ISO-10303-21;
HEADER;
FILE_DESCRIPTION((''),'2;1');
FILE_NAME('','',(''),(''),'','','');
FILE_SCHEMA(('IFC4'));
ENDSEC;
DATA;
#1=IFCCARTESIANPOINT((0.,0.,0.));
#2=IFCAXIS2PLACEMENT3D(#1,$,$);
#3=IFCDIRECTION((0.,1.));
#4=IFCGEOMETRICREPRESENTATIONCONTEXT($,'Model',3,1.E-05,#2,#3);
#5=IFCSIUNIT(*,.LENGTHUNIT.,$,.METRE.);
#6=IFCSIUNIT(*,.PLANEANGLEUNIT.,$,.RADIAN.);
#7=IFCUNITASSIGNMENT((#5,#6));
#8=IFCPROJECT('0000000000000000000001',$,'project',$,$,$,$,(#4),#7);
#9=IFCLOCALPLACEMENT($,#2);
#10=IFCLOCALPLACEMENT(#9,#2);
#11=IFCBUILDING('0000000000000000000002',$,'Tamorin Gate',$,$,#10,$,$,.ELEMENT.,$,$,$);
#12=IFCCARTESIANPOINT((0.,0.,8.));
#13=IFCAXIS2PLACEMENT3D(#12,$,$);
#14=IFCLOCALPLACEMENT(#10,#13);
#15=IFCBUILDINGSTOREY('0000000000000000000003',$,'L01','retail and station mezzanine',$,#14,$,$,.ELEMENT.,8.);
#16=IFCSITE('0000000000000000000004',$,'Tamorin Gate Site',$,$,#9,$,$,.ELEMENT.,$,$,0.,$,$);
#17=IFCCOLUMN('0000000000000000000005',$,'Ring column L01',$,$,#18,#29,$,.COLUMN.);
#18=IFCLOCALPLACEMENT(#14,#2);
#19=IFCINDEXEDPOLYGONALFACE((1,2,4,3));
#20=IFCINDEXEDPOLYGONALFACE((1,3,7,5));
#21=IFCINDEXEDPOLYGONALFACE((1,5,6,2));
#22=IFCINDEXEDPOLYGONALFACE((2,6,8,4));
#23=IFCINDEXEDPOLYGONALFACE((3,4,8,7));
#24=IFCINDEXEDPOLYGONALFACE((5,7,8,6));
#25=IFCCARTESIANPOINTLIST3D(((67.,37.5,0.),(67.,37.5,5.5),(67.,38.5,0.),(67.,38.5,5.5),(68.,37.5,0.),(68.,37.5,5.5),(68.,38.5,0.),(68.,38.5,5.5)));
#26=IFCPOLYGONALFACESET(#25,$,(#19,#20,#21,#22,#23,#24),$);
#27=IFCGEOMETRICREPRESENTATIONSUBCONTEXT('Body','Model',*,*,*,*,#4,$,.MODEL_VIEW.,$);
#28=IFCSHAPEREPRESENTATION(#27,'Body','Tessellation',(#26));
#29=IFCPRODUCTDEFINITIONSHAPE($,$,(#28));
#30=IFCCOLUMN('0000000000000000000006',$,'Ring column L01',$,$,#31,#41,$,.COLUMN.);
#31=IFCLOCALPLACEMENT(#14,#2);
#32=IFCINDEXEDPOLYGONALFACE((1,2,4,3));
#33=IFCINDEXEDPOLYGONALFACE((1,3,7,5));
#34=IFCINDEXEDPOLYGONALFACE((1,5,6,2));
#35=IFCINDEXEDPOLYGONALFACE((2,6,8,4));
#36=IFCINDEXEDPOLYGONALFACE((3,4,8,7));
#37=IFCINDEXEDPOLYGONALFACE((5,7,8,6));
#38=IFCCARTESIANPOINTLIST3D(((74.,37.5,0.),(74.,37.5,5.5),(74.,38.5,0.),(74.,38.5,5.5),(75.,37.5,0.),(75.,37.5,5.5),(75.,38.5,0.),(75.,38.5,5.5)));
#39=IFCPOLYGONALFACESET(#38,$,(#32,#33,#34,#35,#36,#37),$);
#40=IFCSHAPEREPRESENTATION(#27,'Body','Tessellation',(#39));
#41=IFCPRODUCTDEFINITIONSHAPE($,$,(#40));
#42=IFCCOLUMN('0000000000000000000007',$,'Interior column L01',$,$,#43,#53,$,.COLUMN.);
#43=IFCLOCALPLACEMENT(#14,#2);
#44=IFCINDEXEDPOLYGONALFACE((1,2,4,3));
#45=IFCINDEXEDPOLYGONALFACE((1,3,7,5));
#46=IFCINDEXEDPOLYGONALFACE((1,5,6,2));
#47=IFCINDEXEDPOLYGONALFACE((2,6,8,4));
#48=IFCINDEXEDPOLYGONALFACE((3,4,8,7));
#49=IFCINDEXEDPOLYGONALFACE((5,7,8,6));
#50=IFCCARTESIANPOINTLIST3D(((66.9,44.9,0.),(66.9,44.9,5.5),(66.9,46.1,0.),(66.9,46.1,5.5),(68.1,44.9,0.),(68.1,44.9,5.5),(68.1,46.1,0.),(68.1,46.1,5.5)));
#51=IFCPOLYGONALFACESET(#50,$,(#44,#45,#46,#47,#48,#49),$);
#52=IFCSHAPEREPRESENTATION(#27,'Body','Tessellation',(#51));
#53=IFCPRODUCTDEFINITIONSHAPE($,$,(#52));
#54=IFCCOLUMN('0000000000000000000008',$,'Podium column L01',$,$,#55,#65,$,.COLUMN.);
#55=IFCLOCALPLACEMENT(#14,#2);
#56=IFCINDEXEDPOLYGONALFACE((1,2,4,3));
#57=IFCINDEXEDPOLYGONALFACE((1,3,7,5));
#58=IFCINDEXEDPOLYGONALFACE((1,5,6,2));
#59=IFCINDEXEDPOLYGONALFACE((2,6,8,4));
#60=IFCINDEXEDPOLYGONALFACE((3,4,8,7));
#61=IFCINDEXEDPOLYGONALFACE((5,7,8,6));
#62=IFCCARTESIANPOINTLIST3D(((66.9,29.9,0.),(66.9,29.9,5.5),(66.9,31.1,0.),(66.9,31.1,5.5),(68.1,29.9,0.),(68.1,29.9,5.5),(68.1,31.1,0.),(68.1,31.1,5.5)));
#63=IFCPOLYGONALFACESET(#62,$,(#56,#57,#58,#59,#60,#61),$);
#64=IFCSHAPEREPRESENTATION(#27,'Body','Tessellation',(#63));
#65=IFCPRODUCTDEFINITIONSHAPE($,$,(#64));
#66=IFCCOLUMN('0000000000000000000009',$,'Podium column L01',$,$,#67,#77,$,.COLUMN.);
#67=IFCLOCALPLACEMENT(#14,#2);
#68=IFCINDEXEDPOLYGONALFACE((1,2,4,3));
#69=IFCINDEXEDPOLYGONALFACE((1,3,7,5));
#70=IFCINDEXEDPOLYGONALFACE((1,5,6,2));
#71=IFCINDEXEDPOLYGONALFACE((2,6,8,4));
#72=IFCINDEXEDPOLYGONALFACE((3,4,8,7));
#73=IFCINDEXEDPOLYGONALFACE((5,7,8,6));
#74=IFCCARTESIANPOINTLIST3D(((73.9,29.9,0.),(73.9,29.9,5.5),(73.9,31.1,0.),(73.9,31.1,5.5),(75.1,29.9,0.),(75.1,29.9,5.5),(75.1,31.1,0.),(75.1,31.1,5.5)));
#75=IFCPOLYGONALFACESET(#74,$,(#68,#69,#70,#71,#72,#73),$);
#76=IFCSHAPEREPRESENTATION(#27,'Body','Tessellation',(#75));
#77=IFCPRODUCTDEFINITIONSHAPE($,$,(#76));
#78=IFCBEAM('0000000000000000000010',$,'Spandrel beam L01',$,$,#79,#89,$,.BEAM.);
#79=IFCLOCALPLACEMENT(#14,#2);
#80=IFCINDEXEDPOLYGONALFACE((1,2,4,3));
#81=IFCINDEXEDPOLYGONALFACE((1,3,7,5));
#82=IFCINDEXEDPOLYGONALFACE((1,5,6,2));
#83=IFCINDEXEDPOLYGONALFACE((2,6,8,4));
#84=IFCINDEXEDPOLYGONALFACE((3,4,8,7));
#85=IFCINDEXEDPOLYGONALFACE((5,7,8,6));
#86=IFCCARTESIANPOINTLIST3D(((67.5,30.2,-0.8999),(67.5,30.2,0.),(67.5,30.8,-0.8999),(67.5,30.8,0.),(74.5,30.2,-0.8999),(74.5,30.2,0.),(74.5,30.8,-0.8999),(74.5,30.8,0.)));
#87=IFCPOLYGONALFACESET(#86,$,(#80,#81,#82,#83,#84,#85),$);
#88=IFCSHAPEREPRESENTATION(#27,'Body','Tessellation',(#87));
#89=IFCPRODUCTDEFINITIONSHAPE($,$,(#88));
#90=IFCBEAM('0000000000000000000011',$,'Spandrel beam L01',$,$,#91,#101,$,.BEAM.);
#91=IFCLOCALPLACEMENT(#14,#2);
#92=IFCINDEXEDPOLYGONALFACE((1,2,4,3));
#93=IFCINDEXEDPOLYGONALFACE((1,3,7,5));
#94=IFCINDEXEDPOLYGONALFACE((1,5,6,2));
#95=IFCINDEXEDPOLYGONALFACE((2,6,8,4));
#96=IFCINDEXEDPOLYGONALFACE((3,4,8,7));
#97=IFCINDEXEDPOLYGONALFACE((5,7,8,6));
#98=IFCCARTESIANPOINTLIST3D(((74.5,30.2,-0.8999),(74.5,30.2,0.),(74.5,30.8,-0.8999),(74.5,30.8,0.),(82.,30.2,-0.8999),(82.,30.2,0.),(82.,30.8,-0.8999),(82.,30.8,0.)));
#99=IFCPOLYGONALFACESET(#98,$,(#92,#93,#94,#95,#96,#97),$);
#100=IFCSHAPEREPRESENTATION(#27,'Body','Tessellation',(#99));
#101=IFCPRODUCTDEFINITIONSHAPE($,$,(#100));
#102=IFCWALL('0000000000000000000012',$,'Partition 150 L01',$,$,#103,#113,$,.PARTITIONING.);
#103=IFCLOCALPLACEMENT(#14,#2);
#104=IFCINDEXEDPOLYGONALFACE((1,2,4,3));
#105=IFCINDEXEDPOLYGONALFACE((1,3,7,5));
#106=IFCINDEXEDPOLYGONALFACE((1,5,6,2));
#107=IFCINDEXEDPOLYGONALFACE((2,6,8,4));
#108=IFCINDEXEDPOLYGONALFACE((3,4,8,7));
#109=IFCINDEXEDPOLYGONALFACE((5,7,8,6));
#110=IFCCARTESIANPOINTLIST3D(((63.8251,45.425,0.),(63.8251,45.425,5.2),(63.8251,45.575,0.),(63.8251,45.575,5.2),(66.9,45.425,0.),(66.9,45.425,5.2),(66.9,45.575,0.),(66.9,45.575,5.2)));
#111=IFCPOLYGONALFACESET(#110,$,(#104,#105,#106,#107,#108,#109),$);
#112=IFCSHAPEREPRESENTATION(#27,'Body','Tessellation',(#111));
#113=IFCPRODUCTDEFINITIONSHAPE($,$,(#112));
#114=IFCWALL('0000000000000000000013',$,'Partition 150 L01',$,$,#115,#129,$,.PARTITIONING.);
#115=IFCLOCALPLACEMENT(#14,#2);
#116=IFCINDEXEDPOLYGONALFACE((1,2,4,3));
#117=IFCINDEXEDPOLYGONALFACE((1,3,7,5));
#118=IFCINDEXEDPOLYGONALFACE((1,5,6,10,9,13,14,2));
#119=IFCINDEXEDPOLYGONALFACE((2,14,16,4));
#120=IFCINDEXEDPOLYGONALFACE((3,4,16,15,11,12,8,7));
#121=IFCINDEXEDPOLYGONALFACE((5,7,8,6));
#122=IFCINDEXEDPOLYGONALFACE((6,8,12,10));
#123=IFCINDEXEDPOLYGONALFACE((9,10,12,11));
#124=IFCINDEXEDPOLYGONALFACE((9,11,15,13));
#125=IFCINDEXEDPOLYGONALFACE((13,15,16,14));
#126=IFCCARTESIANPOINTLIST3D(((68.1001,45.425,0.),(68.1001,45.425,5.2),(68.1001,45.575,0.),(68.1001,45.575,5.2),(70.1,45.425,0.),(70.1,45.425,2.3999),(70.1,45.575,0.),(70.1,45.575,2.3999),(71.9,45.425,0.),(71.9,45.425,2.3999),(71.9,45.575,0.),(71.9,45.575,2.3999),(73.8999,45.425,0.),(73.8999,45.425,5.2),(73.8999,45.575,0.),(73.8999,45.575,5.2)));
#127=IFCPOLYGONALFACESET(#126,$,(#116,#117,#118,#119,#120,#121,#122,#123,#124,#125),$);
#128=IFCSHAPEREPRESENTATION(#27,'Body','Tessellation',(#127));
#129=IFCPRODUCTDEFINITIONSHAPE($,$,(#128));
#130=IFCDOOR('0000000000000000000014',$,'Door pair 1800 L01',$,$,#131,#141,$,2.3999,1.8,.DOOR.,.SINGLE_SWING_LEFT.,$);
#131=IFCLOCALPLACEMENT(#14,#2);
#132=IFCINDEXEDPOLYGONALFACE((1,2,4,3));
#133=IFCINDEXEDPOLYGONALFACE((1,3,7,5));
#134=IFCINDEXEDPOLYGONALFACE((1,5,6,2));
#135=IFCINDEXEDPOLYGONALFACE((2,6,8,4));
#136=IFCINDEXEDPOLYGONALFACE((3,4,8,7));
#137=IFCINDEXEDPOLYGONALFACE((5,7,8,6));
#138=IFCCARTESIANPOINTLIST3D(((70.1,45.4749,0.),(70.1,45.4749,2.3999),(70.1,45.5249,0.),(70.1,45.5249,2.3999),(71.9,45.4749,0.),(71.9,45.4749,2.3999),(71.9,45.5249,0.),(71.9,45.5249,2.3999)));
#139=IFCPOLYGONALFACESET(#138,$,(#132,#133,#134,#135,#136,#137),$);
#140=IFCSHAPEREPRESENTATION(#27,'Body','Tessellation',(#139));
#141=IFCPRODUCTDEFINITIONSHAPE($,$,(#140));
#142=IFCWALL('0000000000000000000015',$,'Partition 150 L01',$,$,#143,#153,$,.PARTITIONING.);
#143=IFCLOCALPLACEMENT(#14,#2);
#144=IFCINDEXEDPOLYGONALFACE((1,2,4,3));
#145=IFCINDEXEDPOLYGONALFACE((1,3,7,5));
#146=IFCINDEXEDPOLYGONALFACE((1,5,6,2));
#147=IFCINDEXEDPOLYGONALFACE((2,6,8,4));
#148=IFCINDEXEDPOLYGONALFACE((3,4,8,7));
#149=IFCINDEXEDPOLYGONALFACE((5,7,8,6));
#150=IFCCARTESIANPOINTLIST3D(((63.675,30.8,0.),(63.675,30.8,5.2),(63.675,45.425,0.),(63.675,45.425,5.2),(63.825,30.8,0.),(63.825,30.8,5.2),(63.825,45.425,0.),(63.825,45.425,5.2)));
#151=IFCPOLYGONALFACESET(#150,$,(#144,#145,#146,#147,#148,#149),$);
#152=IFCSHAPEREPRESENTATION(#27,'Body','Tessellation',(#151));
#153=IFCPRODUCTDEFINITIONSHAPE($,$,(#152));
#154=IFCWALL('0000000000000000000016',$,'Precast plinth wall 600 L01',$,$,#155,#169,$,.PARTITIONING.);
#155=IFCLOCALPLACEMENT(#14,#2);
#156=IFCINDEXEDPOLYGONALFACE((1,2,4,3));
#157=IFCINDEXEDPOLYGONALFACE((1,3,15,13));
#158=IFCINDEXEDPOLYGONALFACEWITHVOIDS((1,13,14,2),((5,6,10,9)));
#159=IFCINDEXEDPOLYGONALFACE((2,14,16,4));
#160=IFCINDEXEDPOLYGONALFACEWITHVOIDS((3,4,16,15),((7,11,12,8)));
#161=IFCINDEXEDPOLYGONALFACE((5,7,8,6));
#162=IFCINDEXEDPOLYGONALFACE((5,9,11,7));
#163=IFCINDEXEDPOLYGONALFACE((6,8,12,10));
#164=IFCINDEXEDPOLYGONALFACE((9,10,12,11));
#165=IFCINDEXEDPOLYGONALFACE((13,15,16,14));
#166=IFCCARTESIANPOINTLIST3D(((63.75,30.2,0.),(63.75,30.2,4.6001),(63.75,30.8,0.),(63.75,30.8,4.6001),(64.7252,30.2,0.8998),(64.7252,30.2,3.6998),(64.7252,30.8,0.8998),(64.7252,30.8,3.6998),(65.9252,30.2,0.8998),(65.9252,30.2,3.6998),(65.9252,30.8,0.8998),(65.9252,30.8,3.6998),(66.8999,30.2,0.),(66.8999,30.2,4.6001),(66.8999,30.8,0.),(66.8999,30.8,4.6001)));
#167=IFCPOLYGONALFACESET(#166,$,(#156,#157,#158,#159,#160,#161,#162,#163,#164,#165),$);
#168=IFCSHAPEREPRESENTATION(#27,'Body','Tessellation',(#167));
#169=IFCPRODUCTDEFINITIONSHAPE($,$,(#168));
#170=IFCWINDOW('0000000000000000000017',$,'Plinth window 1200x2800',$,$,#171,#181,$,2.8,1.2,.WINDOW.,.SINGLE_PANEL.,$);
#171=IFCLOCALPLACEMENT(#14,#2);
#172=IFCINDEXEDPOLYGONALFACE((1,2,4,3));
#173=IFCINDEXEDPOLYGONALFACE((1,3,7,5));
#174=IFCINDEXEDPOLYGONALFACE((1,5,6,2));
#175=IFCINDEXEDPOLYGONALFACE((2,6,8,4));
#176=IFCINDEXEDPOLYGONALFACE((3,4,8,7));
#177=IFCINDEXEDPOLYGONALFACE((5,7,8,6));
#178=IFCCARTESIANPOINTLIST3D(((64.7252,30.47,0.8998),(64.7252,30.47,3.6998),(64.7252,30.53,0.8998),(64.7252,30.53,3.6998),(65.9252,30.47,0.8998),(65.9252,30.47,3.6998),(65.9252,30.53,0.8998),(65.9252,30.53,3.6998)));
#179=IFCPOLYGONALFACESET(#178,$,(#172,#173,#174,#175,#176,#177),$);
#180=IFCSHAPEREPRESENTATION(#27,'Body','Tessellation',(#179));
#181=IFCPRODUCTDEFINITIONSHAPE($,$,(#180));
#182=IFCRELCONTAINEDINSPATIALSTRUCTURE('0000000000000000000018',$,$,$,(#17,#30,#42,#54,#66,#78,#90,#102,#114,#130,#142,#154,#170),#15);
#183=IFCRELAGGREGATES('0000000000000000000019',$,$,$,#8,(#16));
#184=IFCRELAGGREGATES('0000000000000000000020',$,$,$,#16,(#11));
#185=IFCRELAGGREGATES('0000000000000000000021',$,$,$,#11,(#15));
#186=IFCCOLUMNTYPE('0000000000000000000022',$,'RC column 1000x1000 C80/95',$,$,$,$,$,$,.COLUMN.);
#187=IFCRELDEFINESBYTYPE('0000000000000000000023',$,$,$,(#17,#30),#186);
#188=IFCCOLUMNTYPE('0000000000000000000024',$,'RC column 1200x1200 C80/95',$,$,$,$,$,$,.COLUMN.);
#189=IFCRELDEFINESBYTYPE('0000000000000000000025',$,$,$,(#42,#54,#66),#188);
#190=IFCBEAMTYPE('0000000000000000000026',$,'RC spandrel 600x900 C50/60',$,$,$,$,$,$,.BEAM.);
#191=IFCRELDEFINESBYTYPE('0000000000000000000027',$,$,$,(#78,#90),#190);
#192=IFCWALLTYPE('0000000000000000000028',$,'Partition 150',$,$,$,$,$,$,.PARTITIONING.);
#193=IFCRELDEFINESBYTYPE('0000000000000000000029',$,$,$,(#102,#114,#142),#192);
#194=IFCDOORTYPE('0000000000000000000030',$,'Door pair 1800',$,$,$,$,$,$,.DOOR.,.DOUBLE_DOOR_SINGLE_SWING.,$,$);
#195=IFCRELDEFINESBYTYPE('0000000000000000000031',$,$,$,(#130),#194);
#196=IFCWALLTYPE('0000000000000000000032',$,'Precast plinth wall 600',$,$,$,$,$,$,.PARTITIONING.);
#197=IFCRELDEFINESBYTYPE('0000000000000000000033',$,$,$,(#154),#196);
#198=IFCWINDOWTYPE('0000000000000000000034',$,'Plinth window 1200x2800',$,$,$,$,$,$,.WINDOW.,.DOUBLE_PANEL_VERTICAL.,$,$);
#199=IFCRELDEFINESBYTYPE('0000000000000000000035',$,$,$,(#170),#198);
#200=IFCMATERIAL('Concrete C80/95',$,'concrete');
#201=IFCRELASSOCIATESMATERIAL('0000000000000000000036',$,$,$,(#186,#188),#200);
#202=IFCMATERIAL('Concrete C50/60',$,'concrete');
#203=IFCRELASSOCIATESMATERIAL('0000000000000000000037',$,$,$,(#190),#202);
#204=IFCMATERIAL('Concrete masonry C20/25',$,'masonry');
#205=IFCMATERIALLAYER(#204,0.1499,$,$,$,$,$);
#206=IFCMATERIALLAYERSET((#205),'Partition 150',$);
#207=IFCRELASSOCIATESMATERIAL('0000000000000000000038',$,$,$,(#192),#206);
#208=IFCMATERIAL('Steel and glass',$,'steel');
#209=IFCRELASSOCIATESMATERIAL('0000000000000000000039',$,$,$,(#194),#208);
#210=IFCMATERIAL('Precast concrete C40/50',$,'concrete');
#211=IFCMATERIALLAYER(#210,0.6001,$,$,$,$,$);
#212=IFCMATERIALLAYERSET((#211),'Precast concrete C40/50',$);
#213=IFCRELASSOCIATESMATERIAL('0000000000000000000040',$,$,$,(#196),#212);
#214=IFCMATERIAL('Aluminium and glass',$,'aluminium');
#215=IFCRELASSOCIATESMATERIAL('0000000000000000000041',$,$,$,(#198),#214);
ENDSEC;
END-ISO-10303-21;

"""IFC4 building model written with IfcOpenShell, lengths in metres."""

from ifc_helpers import new_model, si_unit, direction, frame, frame_2d, origin, origin_2d, place, context, subcontext, project, spatial, rectangle, extrude, material, layer, layer_set, material_profile, profile_set, type_object, element, fill, save


model = new_model("IFC4")

# Units and contexts
model_context = context("Model", 3, precision=1e-05, world=origin(), true_north=direction((0.0, 1.0)))
body_context = subcontext(model_context, "Body", "Model", "MODEL_VIEW")
ifc_project = project(units=[si_unit("LENGTHUNIT", "METRE"), si_unit("PLANEANGLEUNIT", "RADIAN")], contexts=[model_context])

# Site, building, storey
site_placement = place(None, origin())
site = spatial("IfcSite", under=ifc_project, at=site_placement, Name="Tamorin Gate Site", CompositionType="ELEMENT", RefElevation=0.0)
building_placement = place(site_placement, origin())
building = spatial("IfcBuilding", under=site, at=building_placement, Name="Tamorin Gate", CompositionType="ELEMENT")
storey_placement = place(building_placement, frame((0.0, 0.0, 8.0)))
storey = spatial("IfcBuildingStorey", under=building, at=storey_placement, Name="L01", Description="retail and station mezzanine", CompositionType="ELEMENT", Elevation=8.0)

# Columns
ifc_material_1 = material(Name="Concrete C80/95", Category="concrete")
ifc_material_profile_1 = material_profile(ifc_material_1, rectangle(XDim=1.0, YDim=1.0, at=origin_2d()), Name="RC 1000x1000")
ifc_profile_set_1 = profile_set([ifc_material_profile_1], Name="Concrete C80/95")
column_type_1 = type_object("IfcColumnType", Name="RC column 1000x1000 C80/95", PredefinedType="COLUMN", material=ifc_profile_set_1)
for number, where, z_axis, x_axis, name in (
    (1, (67.5, 38.0, 0.0), (0.0, 0.0, 1.0), (1.0, 0.0, 0.0), "Ring column L01"),
    (2, (74.5, 38.0, 0.0), (0.0, 0.0, 1.0), (1.0, 0.0, 0.0), "Ring column L01"),
):
    element("IfcColumn", number, at=place(storey_placement, frame(where, z_axis=z_axis, x_axis=x_axis)), inside=storey, type_object=column_type_1, Name=name, PredefinedType="COLUMN", context=body_context, shape_type="SweptSolid", body=[
        extrude(rectangle(XDim=1.0, YDim=1.0, at=origin_2d()), origin(), (0.0, 0.0, 1.0), 5.5),
    ])
ifc_material_profile_2 = material_profile(ifc_material_1, rectangle(XDim=1.2, YDim=1.2, at=origin_2d()), Name="RC 1200x1200")
ifc_profile_set_2 = profile_set([ifc_material_profile_2], Name="Concrete C80/95")
column_type_2 = type_object("IfcColumnType", Name="RC column 1200x1200 C80/95", PredefinedType="COLUMN", material=ifc_profile_set_2)
for number, where, z_axis, x_axis, name in (
    (3, (67.5, 45.5, 0.0), (0.0, 0.0, 1.0), (1.0, 0.0, 0.0), "Interior column L01"),
    (4, (67.5, 30.5, 0.0), (0.0, 0.0, 1.0), (1.0, 0.0, 0.0), "Podium column L01"),
    (5, (74.5, 30.5, 0.0), (0.0, 0.0, 1.0), (1.0, 0.0, 0.0), "Podium column L01"),
):
    element("IfcColumn", number, at=place(storey_placement, frame(where, z_axis=z_axis, x_axis=x_axis)), inside=storey, type_object=column_type_2, Name=name, PredefinedType="COLUMN", context=body_context, shape_type="SweptSolid", body=[
        extrude(rectangle(XDim=1.2, YDim=1.2, at=origin_2d()), origin(), (0.0, 0.0, 1.0), 5.5),
    ])

# Beams
ifc_material_2 = material(Name="Concrete C50/60", Category="concrete")
ifc_material_profile_3 = material_profile(ifc_material_2, rectangle(XDim=0.6001, YDim=0.8999, at=origin_2d()), Name="RC 600x900")
ifc_profile_set_3 = profile_set([ifc_material_profile_3], Name="Concrete C50/60")
beam_type = type_object("IfcBeamType", Name="RC spandrel 600x900 C50/60", PredefinedType="BEAM", material=ifc_profile_set_3)
beam_1_placement = place(storey_placement, frame((67.5, 30.5, -0.45), z_axis=(1.0, 0.0, 0.0), x_axis=(0.0, 1.0, 0.0)))
element("IfcBeam", 6, at=beam_1_placement, inside=storey, type_object=beam_type, Name="Spandrel beam L01", PredefinedType="BEAM", context=body_context, shape_type="SweptSolid", body=[
    extrude(rectangle(XDim=0.6001, YDim=0.8999, at=origin_2d()), origin(), (0.0, 0.0, 1.0), 7.0),
])
beam_2_placement = place(storey_placement, frame((74.5, 30.5, -0.45), z_axis=(1.0, 0.0, 0.0), x_axis=(0.0, 1.0, 0.0)))
element("IfcBeam", 7, at=beam_2_placement, inside=storey, type_object=beam_type, Name="Spandrel beam L01", PredefinedType="BEAM", context=body_context, shape_type="SweptSolid", body=[
    extrude(rectangle(XDim=0.6001, YDim=0.8999, at=origin_2d()), origin(), (0.0, 0.0, 1.0), 7.5),
])

# Wall
ifc_material_3 = material(Name="Concrete masonry C20/25", Category="masonry")
ifc_layer_1 = layer(ifc_material_3, 0.1499)
ifc_layer_set_1 = layer_set([ifc_layer_1], Name="Partition 150")
wall_type_1 = type_object("IfcWallType", Name="Partition 150", PredefinedType="PARTITIONING", material=ifc_layer_set_1)
wall_1_placement = place(storey_placement, frame((63.825, 45.5, 0.0), z_axis=(0.0, 0.0, 1.0), x_axis=(1.0, 0.0, 0.0)))
element("IfcWall", 8, at=wall_1_placement, inside=storey, type_object=wall_type_1, Name="Partition 150 L01", PredefinedType="PARTITIONING", context=body_context, shape_type="SweptSolid", body=[
    extrude(rectangle(XDim=3.075, YDim=0.1499, at=frame_2d((1.5376, 0.0))), origin(), (0.0, 0.0, 1.0), 5.2),
])

# Wall, opening, door
wall_2_placement = place(storey_placement, frame((68.1001, 45.5, 0.0), z_axis=(0.0, 0.0, 1.0), x_axis=(1.0, 0.0, 0.0)))
wall_2 = element("IfcWall", 9, at=wall_2_placement, inside=storey, type_object=wall_type_1, Name="Partition 150 L01", PredefinedType="PARTITIONING", context=body_context, shape_type="SweptSolid", body=[
    extrude(rectangle(XDim=5.7998, YDim=0.1499, at=frame_2d((2.8999, 0.0))), origin(), (0.0, 0.0, 1.0), 5.2),
])
opening_1_placement = place(wall_2_placement, frame((2.0, 0.0, 0.0)))
opening_1 = element("IfcOpeningElement", 10, at=opening_1_placement, cuts=wall_2, PredefinedType="OPENING", context=body_context, shape_type="SweptSolid", body=[
    extrude(rectangle(XDim=1.8, YDim=2.3999, at=frame_2d((0.8999, 1.2))), frame((0.0, 0.085, 0.0), z_axis=(0.0, -1.0, 0.0), x_axis=(1.0, 0.0, 0.0)), (0.0, 0.0, 1.0), 0.1699),
])
ifc_material_4 = material(Name="Steel and glass", Category="steel")
door_type = type_object("IfcDoorType", Name="Door pair 1800", OperationType="DOUBLE_DOOR_SINGLE_SWING", PredefinedType="DOOR", material=ifc_material_4)
door_placement = place(opening_1_placement, origin())
door = element("IfcDoor", 11, at=door_placement, inside=storey, type_object=door_type, Name="Door pair 1800 L01", OperationType="SINGLE_SWING_LEFT", OverallHeight=2.3999, OverallWidth=1.8, PredefinedType="DOOR", context=body_context, shape_type="SweptSolid", body=[
    extrude(rectangle(XDim=1.8, YDim=2.3999, at=frame_2d((0.8999, 1.2))), frame((0.0, 0.0249, 0.0), z_axis=(0.0, -1.0, 0.0), x_axis=(1.0, 0.0, 0.0)), (0.0, 0.0, 1.0), 0.05),
])
fill(opening_1, door)

# Wall
wall_3_placement = place(storey_placement, frame((63.75, 30.8, 0.0), z_axis=(0.0, 0.0, 1.0), x_axis=(0.0, 1.0, 0.0)))
element("IfcWall", 12, at=wall_3_placement, inside=storey, type_object=wall_type_1, Name="Partition 150 L01", PredefinedType="PARTITIONING", context=body_context, shape_type="SweptSolid", body=[
    extrude(rectangle(XDim=14.625, YDim=0.1499, at=frame_2d((7.3125, 0.0))), origin(), (0.0, 0.0, 1.0), 5.2),
])

# Wall, opening, window
ifc_material_5 = material(Name="Precast concrete C40/50", Category="concrete")
ifc_layer_2 = layer(ifc_material_5, 0.6001)
ifc_layer_set_2 = layer_set([ifc_layer_2], Name="Precast concrete C40/50")
wall_type_2 = type_object("IfcWallType", Name="Precast plinth wall 600", PredefinedType="PARTITIONING", material=ifc_layer_set_2)
wall_4_placement = place(storey_placement, frame((63.75, 30.5, 0.0), z_axis=(0.0, 0.0, 1.0), x_axis=(1.0, 0.0, 0.0)))
wall_4 = element("IfcWall", 13, at=wall_4_placement, inside=storey, type_object=wall_type_2, Name="Precast plinth wall 600 L01", PredefinedType="PARTITIONING", context=body_context, shape_type="SweptSolid", body=[
    extrude(rectangle(XDim=3.1499, YDim=0.6001, at=frame_2d((1.575, 0.0))), origin(), (0.0, 0.0, 1.0), 4.6001),
])
opening_2_placement = place(wall_4_placement, frame((0.9751, 0.0, 0.8999)))
opening_2 = element("IfcOpeningElement", 14, at=opening_2_placement, cuts=wall_4, PredefinedType="OPENING", context=body_context, shape_type="SweptSolid", body=[
    extrude(rectangle(XDim=1.2, YDim=2.8, at=frame_2d((0.6001, 1.3999))), frame((0.0, 0.3101, 0.0), z_axis=(0.0, -1.0, 0.0), x_axis=(1.0, 0.0, 0.0)), (0.0, 0.0, 1.0), 0.6201),
])
ifc_material_6 = material(Name="Aluminium and glass", Category="aluminium")
window_type_1 = type_object("IfcWindowType", Name="Plinth window 1200x2800", PartitioningType="DOUBLE_PANEL_VERTICAL", PredefinedType="WINDOW", material=ifc_material_6)
window_1_placement = place(opening_2_placement, origin())
window_1 = element("IfcWindow", 15, at=window_1_placement, inside=storey, type_object=window_type_1, Name="Plinth window 1200x2800", OverallHeight=2.8, OverallWidth=1.2, PartitioningType="SINGLE_PANEL", PredefinedType="WINDOW", context=body_context, shape_type="SweptSolid", body=[
    extrude(rectangle(XDim=1.2, YDim=2.8, at=frame_2d((0.6001, 1.3999))), frame((0.0, 0.03, 0.0), z_axis=(0.0, -1.0, 0.0), x_axis=(1.0, 0.0, 0.0)), (0.0, 0.0, 1.0), 0.0601),
])
fill(opening_2, window_1)

save(model, "model.ifc")
